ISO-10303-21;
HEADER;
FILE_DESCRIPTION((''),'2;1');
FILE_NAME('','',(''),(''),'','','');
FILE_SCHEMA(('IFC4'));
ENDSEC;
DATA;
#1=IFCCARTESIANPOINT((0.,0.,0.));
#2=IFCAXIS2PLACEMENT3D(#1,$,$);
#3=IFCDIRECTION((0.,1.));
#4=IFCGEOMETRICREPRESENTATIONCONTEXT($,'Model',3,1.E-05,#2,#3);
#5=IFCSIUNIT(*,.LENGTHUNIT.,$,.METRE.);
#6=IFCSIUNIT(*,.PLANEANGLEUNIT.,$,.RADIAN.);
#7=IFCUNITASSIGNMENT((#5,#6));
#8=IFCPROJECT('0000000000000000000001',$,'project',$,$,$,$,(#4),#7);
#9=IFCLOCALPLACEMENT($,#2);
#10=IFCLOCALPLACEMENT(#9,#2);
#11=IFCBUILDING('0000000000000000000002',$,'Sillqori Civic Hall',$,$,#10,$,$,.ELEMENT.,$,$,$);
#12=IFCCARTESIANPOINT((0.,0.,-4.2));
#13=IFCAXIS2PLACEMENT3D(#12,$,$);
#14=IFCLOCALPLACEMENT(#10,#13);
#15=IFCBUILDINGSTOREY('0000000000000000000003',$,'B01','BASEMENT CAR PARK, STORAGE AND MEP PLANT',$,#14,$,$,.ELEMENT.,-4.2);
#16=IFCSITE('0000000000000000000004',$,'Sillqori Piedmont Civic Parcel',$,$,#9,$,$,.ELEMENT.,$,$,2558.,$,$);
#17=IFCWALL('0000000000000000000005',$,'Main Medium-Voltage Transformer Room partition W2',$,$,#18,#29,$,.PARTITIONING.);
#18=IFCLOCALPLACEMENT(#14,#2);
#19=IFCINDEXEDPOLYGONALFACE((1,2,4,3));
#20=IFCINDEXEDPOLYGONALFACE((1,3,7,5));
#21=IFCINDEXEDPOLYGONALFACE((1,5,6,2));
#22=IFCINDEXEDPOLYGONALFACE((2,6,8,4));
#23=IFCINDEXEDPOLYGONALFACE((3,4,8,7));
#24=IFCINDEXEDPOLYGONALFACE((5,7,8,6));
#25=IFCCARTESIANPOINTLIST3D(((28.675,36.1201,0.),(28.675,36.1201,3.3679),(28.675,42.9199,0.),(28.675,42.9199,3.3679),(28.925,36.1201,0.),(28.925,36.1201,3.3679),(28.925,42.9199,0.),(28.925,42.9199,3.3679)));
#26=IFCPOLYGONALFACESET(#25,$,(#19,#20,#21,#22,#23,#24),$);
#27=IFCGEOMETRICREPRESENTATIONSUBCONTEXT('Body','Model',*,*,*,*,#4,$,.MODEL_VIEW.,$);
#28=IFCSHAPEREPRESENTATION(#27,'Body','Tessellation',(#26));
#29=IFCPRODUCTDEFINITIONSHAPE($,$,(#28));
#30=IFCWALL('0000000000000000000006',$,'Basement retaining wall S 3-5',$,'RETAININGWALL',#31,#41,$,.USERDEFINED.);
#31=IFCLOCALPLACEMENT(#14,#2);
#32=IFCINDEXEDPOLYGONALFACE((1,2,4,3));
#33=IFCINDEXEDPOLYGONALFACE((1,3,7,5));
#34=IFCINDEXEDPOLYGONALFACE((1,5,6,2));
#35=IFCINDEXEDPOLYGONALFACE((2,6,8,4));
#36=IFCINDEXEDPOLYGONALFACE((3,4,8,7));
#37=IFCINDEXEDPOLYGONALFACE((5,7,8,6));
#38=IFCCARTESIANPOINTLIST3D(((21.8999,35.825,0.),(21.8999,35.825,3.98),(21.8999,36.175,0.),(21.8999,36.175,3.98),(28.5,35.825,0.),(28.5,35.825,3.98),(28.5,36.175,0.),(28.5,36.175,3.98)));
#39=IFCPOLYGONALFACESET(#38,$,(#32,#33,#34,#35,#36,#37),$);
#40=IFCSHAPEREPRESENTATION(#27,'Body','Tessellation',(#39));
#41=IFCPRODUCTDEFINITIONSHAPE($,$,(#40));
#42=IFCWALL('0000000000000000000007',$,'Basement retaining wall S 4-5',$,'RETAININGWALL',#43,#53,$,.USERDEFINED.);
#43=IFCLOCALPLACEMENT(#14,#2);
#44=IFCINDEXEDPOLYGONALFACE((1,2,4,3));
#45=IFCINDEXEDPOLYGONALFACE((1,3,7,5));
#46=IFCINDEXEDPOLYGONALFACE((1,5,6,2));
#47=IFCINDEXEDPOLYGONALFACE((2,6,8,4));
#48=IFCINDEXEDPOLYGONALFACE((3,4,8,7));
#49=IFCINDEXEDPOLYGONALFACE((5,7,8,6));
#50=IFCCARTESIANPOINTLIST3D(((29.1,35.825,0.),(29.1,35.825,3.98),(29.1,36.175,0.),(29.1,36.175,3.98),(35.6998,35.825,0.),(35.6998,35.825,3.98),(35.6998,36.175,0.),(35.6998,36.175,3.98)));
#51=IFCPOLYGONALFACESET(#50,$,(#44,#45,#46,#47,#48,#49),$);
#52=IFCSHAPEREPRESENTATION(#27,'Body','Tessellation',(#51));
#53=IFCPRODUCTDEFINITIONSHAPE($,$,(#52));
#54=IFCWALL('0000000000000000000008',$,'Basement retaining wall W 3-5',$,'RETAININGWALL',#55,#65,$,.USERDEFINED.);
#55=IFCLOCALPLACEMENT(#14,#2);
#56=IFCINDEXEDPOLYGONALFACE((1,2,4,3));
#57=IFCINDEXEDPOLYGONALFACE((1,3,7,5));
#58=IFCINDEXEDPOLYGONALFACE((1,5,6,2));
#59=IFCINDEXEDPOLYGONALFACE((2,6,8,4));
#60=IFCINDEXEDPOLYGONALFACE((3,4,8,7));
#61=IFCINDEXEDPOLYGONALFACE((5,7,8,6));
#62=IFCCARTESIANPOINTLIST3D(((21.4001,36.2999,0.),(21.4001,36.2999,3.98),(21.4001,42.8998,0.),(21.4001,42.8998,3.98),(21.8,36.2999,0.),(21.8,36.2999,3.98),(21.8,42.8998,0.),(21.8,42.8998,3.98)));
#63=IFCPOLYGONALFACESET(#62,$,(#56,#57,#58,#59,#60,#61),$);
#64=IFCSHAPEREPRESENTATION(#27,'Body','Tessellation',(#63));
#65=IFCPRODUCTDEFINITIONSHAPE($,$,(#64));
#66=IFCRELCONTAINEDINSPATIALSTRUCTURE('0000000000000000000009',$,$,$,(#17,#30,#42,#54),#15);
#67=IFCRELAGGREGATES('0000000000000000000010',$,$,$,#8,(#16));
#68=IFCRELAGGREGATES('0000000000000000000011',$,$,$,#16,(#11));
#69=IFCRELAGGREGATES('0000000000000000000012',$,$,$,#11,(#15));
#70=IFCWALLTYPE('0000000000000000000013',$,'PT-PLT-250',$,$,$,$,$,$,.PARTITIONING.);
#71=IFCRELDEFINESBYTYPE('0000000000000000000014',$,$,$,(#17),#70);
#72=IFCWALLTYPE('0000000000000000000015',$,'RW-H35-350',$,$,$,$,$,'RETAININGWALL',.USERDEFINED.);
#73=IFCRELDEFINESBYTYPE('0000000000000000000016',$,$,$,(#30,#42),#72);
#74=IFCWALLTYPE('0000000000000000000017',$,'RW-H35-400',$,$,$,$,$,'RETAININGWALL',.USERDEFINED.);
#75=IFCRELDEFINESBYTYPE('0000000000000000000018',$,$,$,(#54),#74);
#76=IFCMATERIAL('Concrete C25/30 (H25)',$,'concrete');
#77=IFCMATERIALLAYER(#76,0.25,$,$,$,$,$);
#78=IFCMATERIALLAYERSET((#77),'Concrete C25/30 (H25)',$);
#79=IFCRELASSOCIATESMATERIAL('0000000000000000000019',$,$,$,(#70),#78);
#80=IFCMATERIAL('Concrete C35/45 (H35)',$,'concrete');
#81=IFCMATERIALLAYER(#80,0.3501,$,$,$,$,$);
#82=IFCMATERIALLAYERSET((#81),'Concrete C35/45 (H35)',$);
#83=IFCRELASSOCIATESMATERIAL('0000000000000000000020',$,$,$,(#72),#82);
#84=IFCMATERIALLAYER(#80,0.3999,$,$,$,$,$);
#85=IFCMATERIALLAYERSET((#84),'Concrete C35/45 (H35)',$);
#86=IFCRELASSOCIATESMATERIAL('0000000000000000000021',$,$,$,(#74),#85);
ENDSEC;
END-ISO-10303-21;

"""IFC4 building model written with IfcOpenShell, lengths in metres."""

from ifc_helpers import new_model, si_unit, direction, frame, frame_2d, origin, place, context, subcontext, project, spatial, rectangle, extrude, material, layer, layer_set, type_object, element, save


model = new_model("IFC4")

# Units and contexts
model_context = context("Model", 3, precision=1e-05, world=origin(), true_north=direction((0.0, 1.0)))
body_context = subcontext(model_context, "Body", "Model", "MODEL_VIEW")
ifc_project = project(units=[si_unit("LENGTHUNIT", "METRE"), si_unit("PLANEANGLEUNIT", "RADIAN")], contexts=[model_context])

# Site, building, storey
site_placement = place(None, origin())
site = spatial("IfcSite", under=ifc_project, at=site_placement, Name="Sillqori Piedmont Civic Parcel", CompositionType="ELEMENT", RefElevation=2558.0)
building_placement = place(site_placement, origin())
building = spatial("IfcBuilding", under=site, at=building_placement, Name="Sillqori Civic Hall", CompositionType="ELEMENT")
storey_placement = place(building_placement, frame((0.0, 0.0, -4.2)))
storey = spatial("IfcBuildingStorey", under=building, at=storey_placement, Name="B01", Description="BASEMENT CAR PARK, STORAGE AND MEP PLANT", CompositionType="ELEMENT", Elevation=-4.2)

# Shared definitions
ifc_material_1 = material(Name="Concrete C35/45 (H35)", Category="concrete")

# Walls
ifc_material_2 = material(Name="Concrete C25/30 (H25)", Category="concrete")
ifc_layer_1 = layer(ifc_material_2, 0.25)
ifc_layer_set_1 = layer_set([ifc_layer_1], Name="Concrete C25/30 (H25)")
wall_type_1 = type_object("IfcWallType", Name="PT-PLT-250", PredefinedType="PARTITIONING", material=ifc_layer_set_1)
wall_1_placement = place(storey_placement, frame((28.8, 36.1201, 0.0), z_axis=(0.0, 0.0, 1.0), x_axis=(0.0, 1.0, 0.0)))
element("IfcWall", 1, at=wall_1_placement, inside=storey, type_object=wall_type_1, Name="Main Medium-Voltage Transformer Room partition W2", PredefinedType="PARTITIONING", context=body_context, shape_type="SweptSolid", body=[
    extrude(rectangle(XDim=6.7998, YDim=0.25, at=frame_2d((3.3999, 0.0))), origin(), (0.0, 0.0, 1.0), 3.3679),
])
ifc_layer_2 = layer(ifc_material_1, 0.3501)
ifc_layer_set_2 = layer_set([ifc_layer_2], Name="Concrete C35/45 (H35)")
wall_type_2 = type_object("IfcWallType", Name="RW-H35-350", ElementType="RETAININGWALL", PredefinedType="USERDEFINED", material=ifc_layer_set_2)
wall_2_placement = place(storey_placement, frame((21.8999, 36.0, 0.0), z_axis=(0.0, 0.0, 1.0), x_axis=(1.0, 0.0, 0.0)))
element("IfcWall", 2, at=wall_2_placement, inside=storey, type_object=wall_type_2, Name="Basement retaining wall S 3-5", ObjectType="RETAININGWALL", PredefinedType="USERDEFINED", context=body_context, shape_type="SweptSolid", body=[
    extrude(rectangle(XDim=6.6001, YDim=0.3501, at=frame_2d((3.3, 0.0))), origin(), (0.0, 0.0, 1.0), 3.98),
])
wall_3_placement = place(storey_placement, frame((29.1001, 36.0, 0.0), z_axis=(0.0, 0.0, 1.0), x_axis=(1.0, 0.0, 0.0)))
element("IfcWall", 3, at=wall_3_placement, inside=storey, type_object=wall_type_2, Name="Basement retaining wall S 4-5", ObjectType="RETAININGWALL", PredefinedType="USERDEFINED", context=body_context, shape_type="SweptSolid", body=[
    extrude(rectangle(XDim=6.5999, YDim=0.3501, at=frame_2d((3.2998, 0.0))), origin(), (0.0, 0.0, 1.0), 3.98),
])
ifc_layer_3 = layer(ifc_material_1, 0.3999)
ifc_layer_set_3 = layer_set([ifc_layer_3], Name="Concrete C35/45 (H35)")
wall_type_3 = type_object("IfcWallType", Name="RW-H35-400", ElementType="RETAININGWALL", PredefinedType="USERDEFINED", material=ifc_layer_set_3)
wall_4_placement = place(storey_placement, frame((21.6001, 36.3, 0.0), z_axis=(0.0, 0.0, 1.0), x_axis=(0.0, 1.0, 0.0)))
element("IfcWall", 4, at=wall_4_placement, inside=storey, type_object=wall_type_3, Name="Basement retaining wall W 3-5", ObjectType="RETAININGWALL", PredefinedType="USERDEFINED", context=body_context, shape_type="SweptSolid", body=[
    extrude(rectangle(XDim=6.5999, YDim=0.3999, at=frame_2d((3.2998, 0.0))), origin(), (0.0, 0.0, 1.0), 3.98),
])

save(model, "model.ifc")
